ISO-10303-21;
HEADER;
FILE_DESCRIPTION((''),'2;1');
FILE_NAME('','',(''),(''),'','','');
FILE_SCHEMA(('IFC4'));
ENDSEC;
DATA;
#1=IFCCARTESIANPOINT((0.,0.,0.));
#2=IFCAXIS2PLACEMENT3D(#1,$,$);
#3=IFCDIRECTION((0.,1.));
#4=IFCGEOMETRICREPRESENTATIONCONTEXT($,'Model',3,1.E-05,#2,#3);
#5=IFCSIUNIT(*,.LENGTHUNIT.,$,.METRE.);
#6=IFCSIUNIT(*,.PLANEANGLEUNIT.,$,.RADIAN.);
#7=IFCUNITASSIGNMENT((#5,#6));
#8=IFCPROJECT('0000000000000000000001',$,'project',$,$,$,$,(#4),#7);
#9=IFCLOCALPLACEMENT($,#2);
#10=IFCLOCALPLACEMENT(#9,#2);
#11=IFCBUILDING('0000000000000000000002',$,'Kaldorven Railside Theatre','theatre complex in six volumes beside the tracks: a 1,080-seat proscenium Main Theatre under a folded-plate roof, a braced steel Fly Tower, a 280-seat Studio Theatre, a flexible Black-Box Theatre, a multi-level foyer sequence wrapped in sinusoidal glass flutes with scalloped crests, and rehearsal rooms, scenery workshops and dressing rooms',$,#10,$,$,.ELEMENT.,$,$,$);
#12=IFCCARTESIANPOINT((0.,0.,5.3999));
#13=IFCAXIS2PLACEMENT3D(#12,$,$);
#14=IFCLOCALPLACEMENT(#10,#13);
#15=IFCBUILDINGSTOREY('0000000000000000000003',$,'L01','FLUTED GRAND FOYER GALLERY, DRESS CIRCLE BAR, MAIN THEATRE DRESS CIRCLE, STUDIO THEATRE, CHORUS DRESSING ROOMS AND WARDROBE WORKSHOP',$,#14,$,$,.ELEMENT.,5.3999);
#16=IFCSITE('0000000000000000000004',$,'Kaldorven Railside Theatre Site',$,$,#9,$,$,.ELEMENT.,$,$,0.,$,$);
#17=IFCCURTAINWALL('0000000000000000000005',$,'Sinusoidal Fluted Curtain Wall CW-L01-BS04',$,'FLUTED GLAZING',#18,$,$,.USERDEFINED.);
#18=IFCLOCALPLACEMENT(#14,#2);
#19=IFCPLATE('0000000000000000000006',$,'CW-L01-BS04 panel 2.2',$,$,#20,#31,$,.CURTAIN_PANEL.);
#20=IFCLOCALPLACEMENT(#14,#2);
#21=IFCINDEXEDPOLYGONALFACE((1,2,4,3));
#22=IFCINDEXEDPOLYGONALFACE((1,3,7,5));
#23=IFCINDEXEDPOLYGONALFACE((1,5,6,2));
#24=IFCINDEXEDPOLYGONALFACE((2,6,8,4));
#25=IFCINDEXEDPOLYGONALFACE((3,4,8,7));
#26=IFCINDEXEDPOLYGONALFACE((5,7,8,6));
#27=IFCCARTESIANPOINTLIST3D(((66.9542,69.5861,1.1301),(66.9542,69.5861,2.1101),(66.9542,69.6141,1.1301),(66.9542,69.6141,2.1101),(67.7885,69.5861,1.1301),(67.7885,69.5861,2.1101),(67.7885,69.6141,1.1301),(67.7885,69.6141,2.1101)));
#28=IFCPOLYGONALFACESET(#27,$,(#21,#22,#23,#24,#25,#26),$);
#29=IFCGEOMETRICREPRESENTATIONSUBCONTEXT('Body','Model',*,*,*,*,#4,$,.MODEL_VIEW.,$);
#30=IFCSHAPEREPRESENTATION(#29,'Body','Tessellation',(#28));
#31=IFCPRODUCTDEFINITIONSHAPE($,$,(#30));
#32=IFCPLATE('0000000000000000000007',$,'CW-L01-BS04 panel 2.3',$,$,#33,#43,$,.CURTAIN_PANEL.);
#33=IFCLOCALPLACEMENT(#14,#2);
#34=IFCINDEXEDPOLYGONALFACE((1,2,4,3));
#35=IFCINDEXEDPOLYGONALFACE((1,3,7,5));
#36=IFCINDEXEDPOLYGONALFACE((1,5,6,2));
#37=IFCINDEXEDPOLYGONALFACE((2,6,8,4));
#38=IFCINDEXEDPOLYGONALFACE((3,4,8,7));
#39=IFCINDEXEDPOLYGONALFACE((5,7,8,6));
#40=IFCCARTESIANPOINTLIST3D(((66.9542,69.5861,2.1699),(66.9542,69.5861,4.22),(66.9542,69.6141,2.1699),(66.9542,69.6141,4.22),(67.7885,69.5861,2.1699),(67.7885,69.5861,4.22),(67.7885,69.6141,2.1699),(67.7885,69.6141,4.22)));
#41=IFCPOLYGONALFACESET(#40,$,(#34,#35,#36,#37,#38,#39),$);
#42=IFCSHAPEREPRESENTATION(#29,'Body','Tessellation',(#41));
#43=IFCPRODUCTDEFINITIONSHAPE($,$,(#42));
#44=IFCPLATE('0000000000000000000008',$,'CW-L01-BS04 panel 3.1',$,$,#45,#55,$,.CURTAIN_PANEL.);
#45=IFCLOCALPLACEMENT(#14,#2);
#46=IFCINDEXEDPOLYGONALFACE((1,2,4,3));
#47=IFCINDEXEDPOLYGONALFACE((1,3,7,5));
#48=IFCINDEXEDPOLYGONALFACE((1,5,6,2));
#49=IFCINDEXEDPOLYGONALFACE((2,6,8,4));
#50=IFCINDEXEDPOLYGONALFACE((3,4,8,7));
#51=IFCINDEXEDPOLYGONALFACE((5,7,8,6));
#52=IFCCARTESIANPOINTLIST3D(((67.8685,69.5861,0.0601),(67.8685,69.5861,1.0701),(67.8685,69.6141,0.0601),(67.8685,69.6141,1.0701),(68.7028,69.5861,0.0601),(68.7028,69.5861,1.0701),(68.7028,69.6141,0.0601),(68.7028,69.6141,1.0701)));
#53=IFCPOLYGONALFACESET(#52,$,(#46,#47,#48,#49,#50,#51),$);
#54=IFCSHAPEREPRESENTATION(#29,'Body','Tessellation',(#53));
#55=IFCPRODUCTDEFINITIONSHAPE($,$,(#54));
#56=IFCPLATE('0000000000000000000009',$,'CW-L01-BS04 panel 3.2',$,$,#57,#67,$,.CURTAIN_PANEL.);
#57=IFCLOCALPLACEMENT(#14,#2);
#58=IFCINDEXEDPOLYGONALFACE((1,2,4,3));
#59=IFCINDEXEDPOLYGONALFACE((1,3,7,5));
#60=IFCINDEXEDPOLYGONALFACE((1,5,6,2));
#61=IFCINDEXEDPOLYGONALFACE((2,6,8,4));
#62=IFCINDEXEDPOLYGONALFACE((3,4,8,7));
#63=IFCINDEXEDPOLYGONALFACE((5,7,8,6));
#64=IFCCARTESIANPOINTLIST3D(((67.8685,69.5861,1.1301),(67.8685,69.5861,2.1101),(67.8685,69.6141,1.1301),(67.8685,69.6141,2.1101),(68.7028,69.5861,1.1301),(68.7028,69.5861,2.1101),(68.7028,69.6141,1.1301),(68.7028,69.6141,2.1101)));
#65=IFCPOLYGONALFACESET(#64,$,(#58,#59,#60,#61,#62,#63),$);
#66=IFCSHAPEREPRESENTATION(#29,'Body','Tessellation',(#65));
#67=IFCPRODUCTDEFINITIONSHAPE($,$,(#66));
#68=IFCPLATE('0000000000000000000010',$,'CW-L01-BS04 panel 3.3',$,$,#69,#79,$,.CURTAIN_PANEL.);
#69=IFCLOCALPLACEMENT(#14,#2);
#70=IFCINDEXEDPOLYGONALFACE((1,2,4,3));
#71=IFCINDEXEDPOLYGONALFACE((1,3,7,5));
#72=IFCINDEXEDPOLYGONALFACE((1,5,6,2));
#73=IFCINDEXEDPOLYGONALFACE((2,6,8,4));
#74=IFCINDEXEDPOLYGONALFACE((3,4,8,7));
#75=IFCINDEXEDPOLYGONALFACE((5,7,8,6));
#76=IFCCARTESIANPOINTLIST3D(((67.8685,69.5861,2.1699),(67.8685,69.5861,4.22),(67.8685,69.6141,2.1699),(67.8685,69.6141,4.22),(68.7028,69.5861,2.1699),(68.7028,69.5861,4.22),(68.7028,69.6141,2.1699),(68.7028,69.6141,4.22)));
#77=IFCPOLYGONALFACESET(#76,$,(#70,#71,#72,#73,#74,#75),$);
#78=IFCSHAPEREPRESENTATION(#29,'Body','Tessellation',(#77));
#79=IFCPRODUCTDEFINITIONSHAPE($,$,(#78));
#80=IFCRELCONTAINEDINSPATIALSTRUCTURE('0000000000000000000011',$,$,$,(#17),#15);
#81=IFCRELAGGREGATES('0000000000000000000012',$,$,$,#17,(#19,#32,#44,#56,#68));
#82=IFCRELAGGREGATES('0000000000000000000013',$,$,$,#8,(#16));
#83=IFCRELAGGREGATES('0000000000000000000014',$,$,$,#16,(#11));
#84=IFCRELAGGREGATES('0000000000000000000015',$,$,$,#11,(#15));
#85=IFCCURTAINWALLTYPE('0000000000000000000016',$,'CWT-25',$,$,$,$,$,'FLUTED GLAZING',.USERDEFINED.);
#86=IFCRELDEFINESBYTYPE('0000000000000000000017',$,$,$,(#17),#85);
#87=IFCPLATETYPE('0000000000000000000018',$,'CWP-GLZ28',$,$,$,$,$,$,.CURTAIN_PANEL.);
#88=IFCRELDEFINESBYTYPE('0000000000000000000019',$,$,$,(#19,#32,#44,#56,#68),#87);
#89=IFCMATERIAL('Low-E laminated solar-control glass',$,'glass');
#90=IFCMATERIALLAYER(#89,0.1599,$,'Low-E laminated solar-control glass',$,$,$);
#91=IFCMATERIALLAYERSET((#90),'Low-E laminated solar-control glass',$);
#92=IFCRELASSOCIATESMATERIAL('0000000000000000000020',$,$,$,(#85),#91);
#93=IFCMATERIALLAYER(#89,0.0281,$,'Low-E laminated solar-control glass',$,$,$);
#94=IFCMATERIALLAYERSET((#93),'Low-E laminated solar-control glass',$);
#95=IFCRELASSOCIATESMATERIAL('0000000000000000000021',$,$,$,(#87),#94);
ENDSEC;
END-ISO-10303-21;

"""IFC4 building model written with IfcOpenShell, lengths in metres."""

from ifc_helpers import new_model, si_unit, direction, frame, origin, origin_2d, place, context, subcontext, project, spatial, rectangle, extrude, material, layer, layer_set, type_object, element, aggregate, save


model = new_model("IFC4")

# Units and contexts
model_context = context("Model", 3, precision=1e-05, world=origin(), true_north=direction((0.0, 1.0)))
body_context = subcontext(model_context, "Body", "Model", "MODEL_VIEW")
ifc_project = project(units=[si_unit("LENGTHUNIT", "METRE"), si_unit("PLANEANGLEUNIT", "RADIAN")], contexts=[model_context])

# Site, building, storey
site_placement = place(None, origin())
site = spatial("IfcSite", under=ifc_project, at=site_placement, Name="Kaldorven Railside Theatre Site", CompositionType="ELEMENT", RefElevation=0.0)
building_placement = place(site_placement, origin())
building = spatial("IfcBuilding", under=site, at=building_placement, Name="Kaldorven Railside Theatre", Description="theatre complex in six volumes beside the tracks: a 1,080-seat proscenium Main Theatre under a folded-plate roof, a braced steel Fly Tower, a 280-seat Studio Theatre, a flexible Black-Box Theatre, a multi-level foyer sequence wrapped in sinusoidal glass flutes with scalloped crests, and rehearsal rooms, scenery workshops and dressing rooms", CompositionType="ELEMENT")
storey_placement = place(building_placement, frame((0.0, 0.0, 5.3999)))
storey = spatial("IfcBuildingStorey", under=building, at=storey_placement, Name="L01", Description="FLUTED GRAND FOYER GALLERY, DRESS CIRCLE BAR, MAIN THEATRE DRESS CIRCLE, STUDIO THEATRE, CHORUS DRESSING ROOMS AND WARDROBE WORKSHOP", CompositionType="ELEMENT", Elevation=5.3999)

# Curtain wall
ifc_material_1 = material(Name="Low-E laminated solar-control glass", Category="glass")
ifc_layer_1 = layer(ifc_material_1, 0.1599, Name="Low-E laminated solar-control glass")
ifc_layer_set_1 = layer_set([ifc_layer_1], Name="Low-E laminated solar-control glass")
curtain_wall_type_1 = type_object("IfcCurtainWallType", Name="CWT-25", ElementType="FLUTED GLAZING", PredefinedType="USERDEFINED", material=ifc_layer_set_1)
curtain_wall_1_placement = place(storey_placement, origin())
curtain_wall_1 = element("IfcCurtainWall", 1, at=curtain_wall_1_placement, inside=storey, type_object=curtain_wall_type_1, Name="Sinusoidal Fluted Curtain Wall CW-L01-BS04", ObjectType="FLUTED GLAZING", PredefinedType="USERDEFINED")

# Plates
ifc_layer_2 = layer(ifc_material_1, 0.0281, Name="Low-E laminated solar-control glass")
ifc_layer_set_2 = layer_set([ifc_layer_2], Name="Low-E laminated solar-control glass")
plate_type = type_object("IfcPlateType", Name="CWP-GLZ28", PredefinedType="CURTAIN_PANEL", material=ifc_layer_set_2)
plate_1_placement = place(storey_placement, frame((67.3713, 69.6001, 1.1301), z_axis=(0.0, 0.0, 1.0), x_axis=(1.0, 0.0, 0.0)))
plate_1 = element("IfcPlate", 2, at=plate_1_placement, type_object=plate_type, Name="CW-L01-BS04 panel 2.2", PredefinedType="CURTAIN_PANEL", context=body_context, shape_type="SweptSolid", body=[
    extrude(rectangle(XDim=0.8342, YDim=0.0281, at=origin_2d()), origin(), (0.0, 0.0, 1.0), 0.98),
])
plate_2_placement = place(storey_placement, frame((67.3713, 69.6001, 2.1699), z_axis=(0.0, 0.0, 1.0), x_axis=(1.0, 0.0, 0.0)))
plate_2 = element("IfcPlate", 3, at=plate_2_placement, type_object=plate_type, Name="CW-L01-BS04 panel 2.3", PredefinedType="CURTAIN_PANEL", context=body_context, shape_type="SweptSolid", body=[
    extrude(rectangle(XDim=0.8342, YDim=0.0281, at=origin_2d()), origin(), (0.0, 0.0, 1.0), 2.05),
])
plate_3_placement = place(storey_placement, frame((68.2856, 69.6001, 0.0601), z_axis=(0.0, 0.0, 1.0), x_axis=(1.0, 0.0, 0.0)))
plate_3 = element("IfcPlate", 4, at=plate_3_placement, type_object=plate_type, Name="CW-L01-BS04 panel 3.1", PredefinedType="CURTAIN_PANEL", context=body_context, shape_type="SweptSolid", body=[
    extrude(rectangle(XDim=0.8342, YDim=0.0281, at=origin_2d()), origin(), (0.0, 0.0, 1.0), 1.01),
])
plate_4_placement = place(storey_placement, frame((68.2856, 69.6001, 1.1301), z_axis=(0.0, 0.0, 1.0), x_axis=(1.0, 0.0, 0.0)))
plate_4 = element("IfcPlate", 5, at=plate_4_placement, type_object=plate_type, Name="CW-L01-BS04 panel 3.2", PredefinedType="CURTAIN_PANEL", context=body_context, shape_type="SweptSolid", body=[
    extrude(rectangle(XDim=0.8342, YDim=0.0281, at=origin_2d()), origin(), (0.0, 0.0, 1.0), 0.98),
])
plate_5_placement = place(storey_placement, frame((68.2856, 69.6001, 2.1699), z_axis=(0.0, 0.0, 1.0), x_axis=(1.0, 0.0, 0.0)))
plate_5 = element("IfcPlate", 6, at=plate_5_placement, type_object=plate_type, Name="CW-L01-BS04 panel 3.3", PredefinedType="CURTAIN_PANEL", context=body_context, shape_type="SweptSolid", body=[
    extrude(rectangle(XDim=0.8342, YDim=0.0281, at=origin_2d()), origin(), (0.0, 0.0, 1.0), 2.05),
])
aggregate(curtain_wall_1, [plate_1, plate_2, plate_3, plate_4, plate_5])

save(model, "model.ifc")
